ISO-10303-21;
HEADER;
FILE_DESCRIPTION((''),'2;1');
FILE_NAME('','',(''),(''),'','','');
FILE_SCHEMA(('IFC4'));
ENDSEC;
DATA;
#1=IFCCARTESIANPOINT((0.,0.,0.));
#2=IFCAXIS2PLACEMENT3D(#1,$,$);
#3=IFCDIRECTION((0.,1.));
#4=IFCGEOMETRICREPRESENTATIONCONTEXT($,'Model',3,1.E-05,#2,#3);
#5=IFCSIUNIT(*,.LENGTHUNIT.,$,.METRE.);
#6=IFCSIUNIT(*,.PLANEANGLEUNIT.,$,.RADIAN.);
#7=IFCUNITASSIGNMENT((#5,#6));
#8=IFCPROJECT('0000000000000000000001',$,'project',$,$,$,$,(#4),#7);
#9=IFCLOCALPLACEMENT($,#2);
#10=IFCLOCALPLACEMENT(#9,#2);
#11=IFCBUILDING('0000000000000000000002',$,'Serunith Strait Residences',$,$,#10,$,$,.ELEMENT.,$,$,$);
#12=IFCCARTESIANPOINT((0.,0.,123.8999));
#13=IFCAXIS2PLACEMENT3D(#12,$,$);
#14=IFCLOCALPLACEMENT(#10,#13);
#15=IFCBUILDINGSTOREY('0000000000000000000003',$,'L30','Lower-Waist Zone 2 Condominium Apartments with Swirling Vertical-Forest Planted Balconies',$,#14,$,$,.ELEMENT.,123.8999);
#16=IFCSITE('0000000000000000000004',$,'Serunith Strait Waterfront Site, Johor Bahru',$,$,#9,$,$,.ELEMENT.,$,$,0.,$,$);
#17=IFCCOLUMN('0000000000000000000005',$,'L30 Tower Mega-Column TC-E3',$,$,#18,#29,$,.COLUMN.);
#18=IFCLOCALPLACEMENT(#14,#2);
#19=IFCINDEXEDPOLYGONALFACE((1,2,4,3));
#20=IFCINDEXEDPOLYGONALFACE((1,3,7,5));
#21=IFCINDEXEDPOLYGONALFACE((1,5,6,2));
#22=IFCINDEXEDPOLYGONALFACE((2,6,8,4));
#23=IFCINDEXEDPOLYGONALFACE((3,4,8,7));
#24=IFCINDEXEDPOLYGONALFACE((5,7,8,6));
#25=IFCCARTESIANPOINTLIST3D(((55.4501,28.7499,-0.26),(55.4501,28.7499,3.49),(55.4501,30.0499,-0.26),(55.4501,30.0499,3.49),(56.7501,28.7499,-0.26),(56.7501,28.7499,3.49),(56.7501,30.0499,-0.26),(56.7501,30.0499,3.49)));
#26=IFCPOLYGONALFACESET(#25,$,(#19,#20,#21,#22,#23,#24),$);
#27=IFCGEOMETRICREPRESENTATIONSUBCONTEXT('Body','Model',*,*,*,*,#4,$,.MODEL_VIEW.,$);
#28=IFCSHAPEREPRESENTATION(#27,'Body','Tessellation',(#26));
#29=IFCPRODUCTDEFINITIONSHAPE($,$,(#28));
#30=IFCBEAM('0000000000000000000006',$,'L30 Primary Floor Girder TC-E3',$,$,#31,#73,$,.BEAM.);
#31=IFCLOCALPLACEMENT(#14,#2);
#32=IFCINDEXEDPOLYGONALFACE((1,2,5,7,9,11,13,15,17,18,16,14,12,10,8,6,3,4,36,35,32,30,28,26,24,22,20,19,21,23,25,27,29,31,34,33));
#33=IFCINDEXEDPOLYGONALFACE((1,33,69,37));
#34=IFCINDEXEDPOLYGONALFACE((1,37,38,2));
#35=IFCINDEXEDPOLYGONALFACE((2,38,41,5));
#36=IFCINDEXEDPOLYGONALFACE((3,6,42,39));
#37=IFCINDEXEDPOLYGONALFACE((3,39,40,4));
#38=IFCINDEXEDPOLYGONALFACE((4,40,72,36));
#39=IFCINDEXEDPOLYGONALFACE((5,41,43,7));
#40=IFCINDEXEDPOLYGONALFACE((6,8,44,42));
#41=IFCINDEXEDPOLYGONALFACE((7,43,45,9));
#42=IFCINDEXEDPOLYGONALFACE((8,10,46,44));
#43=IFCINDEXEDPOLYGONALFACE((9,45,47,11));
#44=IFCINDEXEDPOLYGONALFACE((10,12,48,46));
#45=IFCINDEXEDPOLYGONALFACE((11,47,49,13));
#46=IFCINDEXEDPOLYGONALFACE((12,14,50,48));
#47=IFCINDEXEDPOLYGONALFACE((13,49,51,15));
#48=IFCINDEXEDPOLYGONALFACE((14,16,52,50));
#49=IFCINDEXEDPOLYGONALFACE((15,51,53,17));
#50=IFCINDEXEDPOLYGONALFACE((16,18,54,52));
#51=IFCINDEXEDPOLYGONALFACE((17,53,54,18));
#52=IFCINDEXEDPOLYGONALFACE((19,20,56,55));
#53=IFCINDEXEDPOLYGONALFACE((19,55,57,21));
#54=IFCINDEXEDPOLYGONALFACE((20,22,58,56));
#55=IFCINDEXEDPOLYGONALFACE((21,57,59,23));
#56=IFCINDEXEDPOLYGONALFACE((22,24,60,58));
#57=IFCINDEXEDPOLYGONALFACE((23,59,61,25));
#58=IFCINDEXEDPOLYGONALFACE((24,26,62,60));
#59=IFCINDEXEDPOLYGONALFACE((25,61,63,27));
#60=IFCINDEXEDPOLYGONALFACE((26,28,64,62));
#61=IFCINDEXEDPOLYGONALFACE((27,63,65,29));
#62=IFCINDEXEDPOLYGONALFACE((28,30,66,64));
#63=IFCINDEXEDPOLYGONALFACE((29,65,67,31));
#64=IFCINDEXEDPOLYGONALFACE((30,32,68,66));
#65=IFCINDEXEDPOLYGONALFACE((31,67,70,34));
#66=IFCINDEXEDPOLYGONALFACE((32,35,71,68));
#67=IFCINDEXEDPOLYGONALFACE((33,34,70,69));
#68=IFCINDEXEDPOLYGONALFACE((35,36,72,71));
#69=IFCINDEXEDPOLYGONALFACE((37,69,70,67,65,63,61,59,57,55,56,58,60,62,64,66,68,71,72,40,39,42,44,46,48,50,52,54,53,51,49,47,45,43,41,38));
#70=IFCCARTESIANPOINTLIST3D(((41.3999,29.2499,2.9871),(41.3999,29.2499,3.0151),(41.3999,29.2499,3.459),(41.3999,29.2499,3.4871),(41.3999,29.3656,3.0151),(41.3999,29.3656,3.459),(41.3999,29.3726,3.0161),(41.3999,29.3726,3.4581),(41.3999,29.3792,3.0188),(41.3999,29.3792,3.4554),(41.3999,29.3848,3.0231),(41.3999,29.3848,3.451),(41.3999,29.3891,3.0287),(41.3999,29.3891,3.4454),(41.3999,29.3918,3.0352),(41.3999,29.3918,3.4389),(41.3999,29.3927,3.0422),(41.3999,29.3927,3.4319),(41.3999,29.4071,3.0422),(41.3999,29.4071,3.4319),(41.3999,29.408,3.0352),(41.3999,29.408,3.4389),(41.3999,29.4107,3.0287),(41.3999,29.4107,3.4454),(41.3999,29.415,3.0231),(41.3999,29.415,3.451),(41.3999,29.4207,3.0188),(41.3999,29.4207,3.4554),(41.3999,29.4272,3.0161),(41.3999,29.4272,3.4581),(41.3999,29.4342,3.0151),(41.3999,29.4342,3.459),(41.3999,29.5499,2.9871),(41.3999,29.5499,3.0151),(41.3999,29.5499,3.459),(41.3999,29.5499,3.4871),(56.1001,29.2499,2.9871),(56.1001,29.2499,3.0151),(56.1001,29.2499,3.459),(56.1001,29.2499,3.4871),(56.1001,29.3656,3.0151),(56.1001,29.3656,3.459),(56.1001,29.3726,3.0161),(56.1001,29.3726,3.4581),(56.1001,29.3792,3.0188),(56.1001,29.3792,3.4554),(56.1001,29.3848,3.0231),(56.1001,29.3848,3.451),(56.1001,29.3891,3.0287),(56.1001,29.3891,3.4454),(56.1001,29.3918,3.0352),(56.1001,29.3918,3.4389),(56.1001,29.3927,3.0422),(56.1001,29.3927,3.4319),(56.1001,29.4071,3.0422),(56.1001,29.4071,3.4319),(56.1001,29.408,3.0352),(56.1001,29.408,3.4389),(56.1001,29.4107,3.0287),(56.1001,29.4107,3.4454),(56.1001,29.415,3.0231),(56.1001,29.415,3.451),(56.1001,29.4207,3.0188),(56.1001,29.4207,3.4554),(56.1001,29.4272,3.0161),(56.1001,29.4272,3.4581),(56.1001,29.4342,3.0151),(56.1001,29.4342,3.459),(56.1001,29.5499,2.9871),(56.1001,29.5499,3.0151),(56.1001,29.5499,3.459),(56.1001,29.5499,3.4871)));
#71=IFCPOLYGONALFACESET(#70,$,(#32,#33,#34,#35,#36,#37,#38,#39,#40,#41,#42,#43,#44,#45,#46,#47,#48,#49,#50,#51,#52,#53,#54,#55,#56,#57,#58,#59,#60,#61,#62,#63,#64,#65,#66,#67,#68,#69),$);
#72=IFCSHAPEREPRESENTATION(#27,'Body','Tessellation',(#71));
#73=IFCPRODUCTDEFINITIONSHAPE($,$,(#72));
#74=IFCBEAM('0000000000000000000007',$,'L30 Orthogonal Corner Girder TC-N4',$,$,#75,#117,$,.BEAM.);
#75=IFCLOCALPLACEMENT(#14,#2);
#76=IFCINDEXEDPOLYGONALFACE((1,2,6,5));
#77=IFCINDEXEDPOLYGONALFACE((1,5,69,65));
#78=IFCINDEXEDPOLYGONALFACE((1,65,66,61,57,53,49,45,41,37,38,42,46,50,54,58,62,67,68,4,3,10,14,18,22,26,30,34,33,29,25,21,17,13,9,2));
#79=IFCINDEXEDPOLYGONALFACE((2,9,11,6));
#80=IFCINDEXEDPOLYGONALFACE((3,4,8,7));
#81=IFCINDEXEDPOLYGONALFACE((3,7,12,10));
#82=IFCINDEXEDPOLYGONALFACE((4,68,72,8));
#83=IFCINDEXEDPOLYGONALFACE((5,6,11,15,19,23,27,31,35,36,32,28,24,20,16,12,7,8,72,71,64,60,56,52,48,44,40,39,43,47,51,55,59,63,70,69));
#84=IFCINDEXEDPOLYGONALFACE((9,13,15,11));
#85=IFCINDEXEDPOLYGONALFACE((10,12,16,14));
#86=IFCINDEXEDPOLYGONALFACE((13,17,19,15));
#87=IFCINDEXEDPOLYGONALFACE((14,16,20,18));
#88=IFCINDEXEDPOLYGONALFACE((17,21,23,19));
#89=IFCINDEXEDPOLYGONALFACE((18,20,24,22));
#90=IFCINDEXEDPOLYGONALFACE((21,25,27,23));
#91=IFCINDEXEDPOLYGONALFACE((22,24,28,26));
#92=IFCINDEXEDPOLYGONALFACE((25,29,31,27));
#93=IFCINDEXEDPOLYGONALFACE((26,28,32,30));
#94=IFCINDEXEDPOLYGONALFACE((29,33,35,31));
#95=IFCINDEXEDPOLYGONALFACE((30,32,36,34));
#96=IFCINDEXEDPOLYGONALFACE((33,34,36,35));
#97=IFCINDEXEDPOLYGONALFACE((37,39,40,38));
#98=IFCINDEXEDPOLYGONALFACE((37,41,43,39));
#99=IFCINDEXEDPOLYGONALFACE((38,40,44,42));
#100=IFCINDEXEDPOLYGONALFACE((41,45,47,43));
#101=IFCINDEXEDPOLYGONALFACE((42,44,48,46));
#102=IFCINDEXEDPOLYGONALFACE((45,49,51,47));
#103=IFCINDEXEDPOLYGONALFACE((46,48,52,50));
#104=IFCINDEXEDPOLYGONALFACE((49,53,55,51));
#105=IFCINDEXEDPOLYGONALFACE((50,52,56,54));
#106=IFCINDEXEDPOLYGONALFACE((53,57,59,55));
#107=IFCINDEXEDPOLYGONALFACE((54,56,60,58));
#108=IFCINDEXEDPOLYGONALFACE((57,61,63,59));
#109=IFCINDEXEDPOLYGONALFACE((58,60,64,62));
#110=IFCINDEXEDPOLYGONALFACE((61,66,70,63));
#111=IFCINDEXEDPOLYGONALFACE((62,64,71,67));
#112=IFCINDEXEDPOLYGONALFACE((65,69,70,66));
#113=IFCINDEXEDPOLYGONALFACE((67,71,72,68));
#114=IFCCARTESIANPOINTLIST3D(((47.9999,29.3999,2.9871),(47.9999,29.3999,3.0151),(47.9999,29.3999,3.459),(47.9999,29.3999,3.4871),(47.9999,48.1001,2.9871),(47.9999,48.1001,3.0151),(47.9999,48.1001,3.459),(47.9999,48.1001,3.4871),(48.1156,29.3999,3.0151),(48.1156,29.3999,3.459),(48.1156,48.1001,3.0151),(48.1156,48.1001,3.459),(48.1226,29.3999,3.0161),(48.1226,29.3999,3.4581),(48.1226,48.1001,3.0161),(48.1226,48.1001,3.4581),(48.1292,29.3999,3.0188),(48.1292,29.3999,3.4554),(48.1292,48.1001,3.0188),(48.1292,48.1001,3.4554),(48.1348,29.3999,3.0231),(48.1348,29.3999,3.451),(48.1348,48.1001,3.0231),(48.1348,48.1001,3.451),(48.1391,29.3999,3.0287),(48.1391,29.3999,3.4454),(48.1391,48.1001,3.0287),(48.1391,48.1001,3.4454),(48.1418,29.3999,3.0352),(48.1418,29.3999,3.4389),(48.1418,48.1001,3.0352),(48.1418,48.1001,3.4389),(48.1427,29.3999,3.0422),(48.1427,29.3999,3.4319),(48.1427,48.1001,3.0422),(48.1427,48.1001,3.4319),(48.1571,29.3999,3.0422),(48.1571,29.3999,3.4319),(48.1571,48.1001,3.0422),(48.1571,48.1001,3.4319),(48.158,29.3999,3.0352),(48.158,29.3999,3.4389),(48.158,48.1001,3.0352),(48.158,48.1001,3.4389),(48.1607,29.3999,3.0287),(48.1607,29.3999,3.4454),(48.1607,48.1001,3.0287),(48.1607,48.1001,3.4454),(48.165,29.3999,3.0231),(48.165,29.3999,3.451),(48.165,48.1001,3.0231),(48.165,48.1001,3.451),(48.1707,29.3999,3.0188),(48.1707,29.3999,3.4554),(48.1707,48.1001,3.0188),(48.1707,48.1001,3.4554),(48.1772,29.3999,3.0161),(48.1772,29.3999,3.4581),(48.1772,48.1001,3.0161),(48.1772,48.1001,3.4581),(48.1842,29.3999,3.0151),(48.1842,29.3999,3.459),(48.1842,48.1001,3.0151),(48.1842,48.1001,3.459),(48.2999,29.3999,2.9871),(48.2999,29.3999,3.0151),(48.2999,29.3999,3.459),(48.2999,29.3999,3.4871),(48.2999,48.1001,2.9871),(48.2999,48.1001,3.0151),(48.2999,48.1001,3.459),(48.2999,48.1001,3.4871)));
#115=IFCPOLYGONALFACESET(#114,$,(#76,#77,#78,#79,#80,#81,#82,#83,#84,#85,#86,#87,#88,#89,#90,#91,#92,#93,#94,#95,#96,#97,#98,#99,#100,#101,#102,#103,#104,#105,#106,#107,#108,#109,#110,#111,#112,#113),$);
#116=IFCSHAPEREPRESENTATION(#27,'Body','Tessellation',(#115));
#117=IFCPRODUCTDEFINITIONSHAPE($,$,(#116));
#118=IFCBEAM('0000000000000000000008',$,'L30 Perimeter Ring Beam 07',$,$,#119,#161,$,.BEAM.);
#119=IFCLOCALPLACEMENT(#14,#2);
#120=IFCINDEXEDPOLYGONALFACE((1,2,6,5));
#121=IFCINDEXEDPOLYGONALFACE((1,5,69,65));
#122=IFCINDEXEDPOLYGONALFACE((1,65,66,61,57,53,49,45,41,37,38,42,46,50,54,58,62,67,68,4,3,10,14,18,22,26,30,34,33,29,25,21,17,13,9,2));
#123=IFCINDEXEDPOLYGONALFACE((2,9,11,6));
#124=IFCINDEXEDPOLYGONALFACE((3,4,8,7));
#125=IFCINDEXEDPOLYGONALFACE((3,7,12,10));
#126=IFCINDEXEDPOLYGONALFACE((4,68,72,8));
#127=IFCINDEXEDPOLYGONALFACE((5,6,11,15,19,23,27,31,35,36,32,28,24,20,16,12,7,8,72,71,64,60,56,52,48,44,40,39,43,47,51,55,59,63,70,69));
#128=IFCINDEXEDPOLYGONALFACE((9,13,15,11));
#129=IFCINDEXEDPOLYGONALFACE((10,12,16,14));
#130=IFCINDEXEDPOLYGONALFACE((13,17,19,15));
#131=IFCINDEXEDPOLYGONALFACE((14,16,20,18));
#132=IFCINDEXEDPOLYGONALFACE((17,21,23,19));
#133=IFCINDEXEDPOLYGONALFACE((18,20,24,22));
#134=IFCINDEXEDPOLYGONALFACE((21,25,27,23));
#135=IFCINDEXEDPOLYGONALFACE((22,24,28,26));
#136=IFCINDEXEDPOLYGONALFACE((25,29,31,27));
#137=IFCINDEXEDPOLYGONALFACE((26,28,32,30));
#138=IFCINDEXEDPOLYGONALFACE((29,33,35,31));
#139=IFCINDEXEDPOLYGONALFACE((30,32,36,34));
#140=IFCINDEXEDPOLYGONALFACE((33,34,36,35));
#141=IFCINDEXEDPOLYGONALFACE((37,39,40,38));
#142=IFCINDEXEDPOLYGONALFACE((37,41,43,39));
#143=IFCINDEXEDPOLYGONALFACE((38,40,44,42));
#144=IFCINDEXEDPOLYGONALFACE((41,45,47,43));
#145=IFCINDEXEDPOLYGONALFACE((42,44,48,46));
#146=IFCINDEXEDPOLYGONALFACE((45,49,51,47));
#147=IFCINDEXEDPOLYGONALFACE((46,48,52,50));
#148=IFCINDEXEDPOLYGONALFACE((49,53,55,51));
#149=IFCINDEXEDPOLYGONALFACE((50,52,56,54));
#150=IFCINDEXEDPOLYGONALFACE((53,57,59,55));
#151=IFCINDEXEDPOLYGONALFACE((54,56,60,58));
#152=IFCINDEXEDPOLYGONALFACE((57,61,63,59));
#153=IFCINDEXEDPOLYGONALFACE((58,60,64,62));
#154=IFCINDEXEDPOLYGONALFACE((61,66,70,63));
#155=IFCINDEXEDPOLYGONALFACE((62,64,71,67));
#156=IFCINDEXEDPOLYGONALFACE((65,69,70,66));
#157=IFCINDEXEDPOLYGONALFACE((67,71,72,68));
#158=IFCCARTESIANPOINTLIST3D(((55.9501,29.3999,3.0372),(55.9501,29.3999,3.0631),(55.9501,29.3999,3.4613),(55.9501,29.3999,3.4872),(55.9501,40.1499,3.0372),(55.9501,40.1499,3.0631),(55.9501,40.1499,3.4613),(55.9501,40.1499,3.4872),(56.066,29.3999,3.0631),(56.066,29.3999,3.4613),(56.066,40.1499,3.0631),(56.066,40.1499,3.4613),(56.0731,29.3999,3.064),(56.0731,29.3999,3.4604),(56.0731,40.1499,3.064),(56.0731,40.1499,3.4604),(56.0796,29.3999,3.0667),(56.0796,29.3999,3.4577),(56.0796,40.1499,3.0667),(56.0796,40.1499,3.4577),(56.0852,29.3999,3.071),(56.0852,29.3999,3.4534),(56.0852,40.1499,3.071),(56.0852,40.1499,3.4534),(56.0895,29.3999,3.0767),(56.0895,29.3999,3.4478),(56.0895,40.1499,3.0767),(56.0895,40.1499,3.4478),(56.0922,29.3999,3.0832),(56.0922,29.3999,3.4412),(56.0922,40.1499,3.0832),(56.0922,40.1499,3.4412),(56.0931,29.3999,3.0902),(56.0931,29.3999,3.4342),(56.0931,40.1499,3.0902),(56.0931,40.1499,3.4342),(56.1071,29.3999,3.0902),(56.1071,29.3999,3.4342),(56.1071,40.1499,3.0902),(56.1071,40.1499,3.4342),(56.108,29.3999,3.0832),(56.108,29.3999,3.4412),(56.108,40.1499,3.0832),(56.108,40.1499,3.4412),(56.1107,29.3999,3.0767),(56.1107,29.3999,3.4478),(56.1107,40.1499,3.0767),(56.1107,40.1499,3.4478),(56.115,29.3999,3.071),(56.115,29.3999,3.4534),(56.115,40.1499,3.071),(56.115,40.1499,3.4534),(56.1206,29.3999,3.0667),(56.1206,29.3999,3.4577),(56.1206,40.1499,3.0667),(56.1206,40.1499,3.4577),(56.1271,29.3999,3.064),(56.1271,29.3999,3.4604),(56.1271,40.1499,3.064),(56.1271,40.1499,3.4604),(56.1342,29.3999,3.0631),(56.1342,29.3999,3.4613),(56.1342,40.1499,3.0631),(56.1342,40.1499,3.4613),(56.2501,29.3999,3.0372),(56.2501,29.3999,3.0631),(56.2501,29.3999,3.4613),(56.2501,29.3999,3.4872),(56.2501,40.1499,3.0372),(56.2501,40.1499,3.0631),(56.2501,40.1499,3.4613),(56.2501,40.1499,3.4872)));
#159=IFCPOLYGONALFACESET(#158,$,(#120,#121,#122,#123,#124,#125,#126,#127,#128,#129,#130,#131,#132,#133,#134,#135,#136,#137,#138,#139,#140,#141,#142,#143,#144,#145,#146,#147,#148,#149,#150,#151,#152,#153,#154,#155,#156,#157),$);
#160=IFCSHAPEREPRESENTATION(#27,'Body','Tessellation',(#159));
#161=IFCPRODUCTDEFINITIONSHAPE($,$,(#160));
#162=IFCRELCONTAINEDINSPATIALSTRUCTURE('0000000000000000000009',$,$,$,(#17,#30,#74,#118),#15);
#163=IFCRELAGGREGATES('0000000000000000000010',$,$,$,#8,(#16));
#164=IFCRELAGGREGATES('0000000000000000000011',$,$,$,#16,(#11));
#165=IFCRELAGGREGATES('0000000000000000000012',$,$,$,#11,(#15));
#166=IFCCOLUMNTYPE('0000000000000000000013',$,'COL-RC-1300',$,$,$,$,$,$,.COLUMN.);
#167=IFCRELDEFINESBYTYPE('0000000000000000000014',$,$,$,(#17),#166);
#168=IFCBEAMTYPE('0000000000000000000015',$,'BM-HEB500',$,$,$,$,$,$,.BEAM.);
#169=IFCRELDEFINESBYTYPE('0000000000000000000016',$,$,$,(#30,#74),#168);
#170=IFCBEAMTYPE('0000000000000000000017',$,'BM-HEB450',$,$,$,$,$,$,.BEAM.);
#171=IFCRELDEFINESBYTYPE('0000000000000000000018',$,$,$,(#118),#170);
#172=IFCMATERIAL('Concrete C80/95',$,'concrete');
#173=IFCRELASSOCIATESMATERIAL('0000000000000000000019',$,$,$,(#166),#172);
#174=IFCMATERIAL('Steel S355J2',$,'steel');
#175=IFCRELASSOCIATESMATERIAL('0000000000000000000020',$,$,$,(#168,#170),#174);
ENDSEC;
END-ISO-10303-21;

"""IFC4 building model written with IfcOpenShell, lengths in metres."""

from ifc_helpers import new_model, si_unit, direction, frame, origin, origin_2d, place, context, subcontext, project, spatial, rectangle, i_section, extrude, source, transform, mapped, material, material_profile, profile_set, type_object, element, save


model = new_model("IFC4")

# Units and contexts
model_context = context("Model", 3, precision=1e-05, world=origin(), true_north=direction((0.0, 1.0)))
body_context = subcontext(model_context, "Body", "Model", "MODEL_VIEW")
ifc_project = project(units=[si_unit("LENGTHUNIT", "METRE"), si_unit("PLANEANGLEUNIT", "RADIAN")], contexts=[model_context])

# Site, building, storey
site_placement = place(None, origin())
site = spatial("IfcSite", under=ifc_project, at=site_placement, Name="Serunith Strait Waterfront Site, Johor Bahru", CompositionType="ELEMENT", RefElevation=0.0)
building_placement = place(site_placement, origin())
building = spatial("IfcBuilding", under=site, at=building_placement, Name="Serunith Strait Residences", CompositionType="ELEMENT")
storey_placement = place(building_placement, frame((0.0, 0.0, 123.8999)))
storey = spatial("IfcBuildingStorey", under=building, at=storey_placement, Name="L30", Description="Lower-Waist Zone 2 Condominium Apartments with Swirling Vertical-Forest Planted Balconies", CompositionType="ELEMENT", Elevation=123.8999)

# Column
ifc_material_1 = material(Name="Concrete C80/95", Category="concrete")
ifc_material_profile_1 = material_profile(ifc_material_1, rectangle(XDim=1.3, YDim=1.3, at=origin_2d()), Name="RC 1300x1300")
ifc_profile_set_1 = profile_set([ifc_material_profile_1], Name="Concrete C80/95")
column_type = type_object("IfcColumnType", Name="COL-RC-1300", PredefinedType="COLUMN", material=ifc_profile_set_1)
shared_shape_1 = source(origin(), body_context, "Body", "SweptSolid", [
    extrude(rectangle(XDim=1.3, YDim=1.3, at=origin_2d()), origin(), (0.0, 0.0, 1.0), 3.75),
])
column_placement = place(storey_placement, frame((56.1001, 29.3999, -0.26), z_axis=(0.0, 0.0, 1.0), x_axis=(1.0, 0.0, 0.0)))
element("IfcColumn", 1, at=column_placement, inside=storey, type_object=column_type, Name="L30 Tower Mega-Column TC-E3", PredefinedType="COLUMN", context=body_context, shape_type="MappedRepresentation", body=[
    mapped(shared_shape_1, transform((0.0, 0.0, 0.0), scale=1.0)),
])

# Beams
ifc_material_2 = material(Name="Steel S355J2", Category="steel")
ifc_material_profile_2 = material_profile(ifc_material_2, i_section(OverallWidth=0.3, OverallDepth=0.5, WebThickness=0.0144, FlangeThickness=0.0281, FilletRadius=0.0271, at=origin_2d()), Name="HEB 500")
ifc_profile_set_2 = profile_set([ifc_material_profile_2], Name="Steel S355J2")
beam_type_1 = type_object("IfcBeamType", Name="BM-HEB500", PredefinedType="BEAM", material=ifc_profile_set_2)
shared_shape_2 = source(origin(), body_context, "Body", "SweptSolid", [
    extrude(i_section(OverallWidth=0.3, OverallDepth=0.5, WebThickness=0.0144, FlangeThickness=0.0281, FilletRadius=0.0271, at=origin_2d()), origin(), (0.0, 0.0, 1.0), 14.7002),
])
beam_1_placement = place(storey_placement, frame((41.3999, 29.3999, 3.2371), z_axis=(1.0, 0.0, 0.0), x_axis=(0.0, 1.0, 0.0)))
element("IfcBeam", 2, at=beam_1_placement, inside=storey, type_object=beam_type_1, Name="L30 Primary Floor Girder TC-E3", PredefinedType="BEAM", context=body_context, shape_type="MappedRepresentation", body=[
    mapped(shared_shape_2, transform((0.0, 0.0, 0.0), scale=1.0)),
])
shared_shape_3 = source(origin(), body_context, "Body", "SweptSolid", [
    extrude(i_section(OverallWidth=0.3, OverallDepth=0.5, WebThickness=0.0144, FlangeThickness=0.0281, FilletRadius=0.0271, at=origin_2d()), origin(), (0.0, 0.0, 1.0), 18.7002),
])
beam_2_placement = place(storey_placement, frame((48.1499, 29.3999, 3.2371), z_axis=(0.0, 1.0, 0.0), x_axis=(-1.0, 0.0, 0.0)))
element("IfcBeam", 3, at=beam_2_placement, inside=storey, type_object=beam_type_1, Name="L30 Orthogonal Corner Girder TC-N4", PredefinedType="BEAM", context=body_context, shape_type="MappedRepresentation", body=[
    mapped(shared_shape_3, transform((0.0, 0.0, 0.0), scale=1.0)),
])
ifc_material_profile_3 = material_profile(ifc_material_2, i_section(OverallWidth=0.3, OverallDepth=0.45, WebThickness=0.0139, FlangeThickness=0.0259, FilletRadius=0.0271, at=origin_2d()), Name="HEB 450")
ifc_profile_set_3 = profile_set([ifc_material_profile_3], Name="Steel S355J2")
beam_type_2 = type_object("IfcBeamType", Name="BM-HEB450", PredefinedType="BEAM", material=ifc_profile_set_3)
shared_shape_4 = source(origin(), body_context, "Body", "SweptSolid", [
    extrude(i_section(OverallWidth=0.3, OverallDepth=0.45, WebThickness=0.0139, FlangeThickness=0.0259, FilletRadius=0.0271, at=origin_2d()), origin(), (0.0, 0.0, 1.0), 10.75),
])
beam_3_placement = place(storey_placement, frame((56.1001, 29.3999, 3.2622), z_axis=(0.0, 1.0, 0.0), x_axis=(-1.0, 0.0, 0.0)))
element("IfcBeam", 4, at=beam_3_placement, inside=storey, type_object=beam_type_2, Name="L30 Perimeter Ring Beam 07", PredefinedType="BEAM", context=body_context, shape_type="MappedRepresentation", body=[
    mapped(shared_shape_4, transform((0.0, 0.0, 0.0), scale=1.0)),
])

save(model, "model.ifc")
